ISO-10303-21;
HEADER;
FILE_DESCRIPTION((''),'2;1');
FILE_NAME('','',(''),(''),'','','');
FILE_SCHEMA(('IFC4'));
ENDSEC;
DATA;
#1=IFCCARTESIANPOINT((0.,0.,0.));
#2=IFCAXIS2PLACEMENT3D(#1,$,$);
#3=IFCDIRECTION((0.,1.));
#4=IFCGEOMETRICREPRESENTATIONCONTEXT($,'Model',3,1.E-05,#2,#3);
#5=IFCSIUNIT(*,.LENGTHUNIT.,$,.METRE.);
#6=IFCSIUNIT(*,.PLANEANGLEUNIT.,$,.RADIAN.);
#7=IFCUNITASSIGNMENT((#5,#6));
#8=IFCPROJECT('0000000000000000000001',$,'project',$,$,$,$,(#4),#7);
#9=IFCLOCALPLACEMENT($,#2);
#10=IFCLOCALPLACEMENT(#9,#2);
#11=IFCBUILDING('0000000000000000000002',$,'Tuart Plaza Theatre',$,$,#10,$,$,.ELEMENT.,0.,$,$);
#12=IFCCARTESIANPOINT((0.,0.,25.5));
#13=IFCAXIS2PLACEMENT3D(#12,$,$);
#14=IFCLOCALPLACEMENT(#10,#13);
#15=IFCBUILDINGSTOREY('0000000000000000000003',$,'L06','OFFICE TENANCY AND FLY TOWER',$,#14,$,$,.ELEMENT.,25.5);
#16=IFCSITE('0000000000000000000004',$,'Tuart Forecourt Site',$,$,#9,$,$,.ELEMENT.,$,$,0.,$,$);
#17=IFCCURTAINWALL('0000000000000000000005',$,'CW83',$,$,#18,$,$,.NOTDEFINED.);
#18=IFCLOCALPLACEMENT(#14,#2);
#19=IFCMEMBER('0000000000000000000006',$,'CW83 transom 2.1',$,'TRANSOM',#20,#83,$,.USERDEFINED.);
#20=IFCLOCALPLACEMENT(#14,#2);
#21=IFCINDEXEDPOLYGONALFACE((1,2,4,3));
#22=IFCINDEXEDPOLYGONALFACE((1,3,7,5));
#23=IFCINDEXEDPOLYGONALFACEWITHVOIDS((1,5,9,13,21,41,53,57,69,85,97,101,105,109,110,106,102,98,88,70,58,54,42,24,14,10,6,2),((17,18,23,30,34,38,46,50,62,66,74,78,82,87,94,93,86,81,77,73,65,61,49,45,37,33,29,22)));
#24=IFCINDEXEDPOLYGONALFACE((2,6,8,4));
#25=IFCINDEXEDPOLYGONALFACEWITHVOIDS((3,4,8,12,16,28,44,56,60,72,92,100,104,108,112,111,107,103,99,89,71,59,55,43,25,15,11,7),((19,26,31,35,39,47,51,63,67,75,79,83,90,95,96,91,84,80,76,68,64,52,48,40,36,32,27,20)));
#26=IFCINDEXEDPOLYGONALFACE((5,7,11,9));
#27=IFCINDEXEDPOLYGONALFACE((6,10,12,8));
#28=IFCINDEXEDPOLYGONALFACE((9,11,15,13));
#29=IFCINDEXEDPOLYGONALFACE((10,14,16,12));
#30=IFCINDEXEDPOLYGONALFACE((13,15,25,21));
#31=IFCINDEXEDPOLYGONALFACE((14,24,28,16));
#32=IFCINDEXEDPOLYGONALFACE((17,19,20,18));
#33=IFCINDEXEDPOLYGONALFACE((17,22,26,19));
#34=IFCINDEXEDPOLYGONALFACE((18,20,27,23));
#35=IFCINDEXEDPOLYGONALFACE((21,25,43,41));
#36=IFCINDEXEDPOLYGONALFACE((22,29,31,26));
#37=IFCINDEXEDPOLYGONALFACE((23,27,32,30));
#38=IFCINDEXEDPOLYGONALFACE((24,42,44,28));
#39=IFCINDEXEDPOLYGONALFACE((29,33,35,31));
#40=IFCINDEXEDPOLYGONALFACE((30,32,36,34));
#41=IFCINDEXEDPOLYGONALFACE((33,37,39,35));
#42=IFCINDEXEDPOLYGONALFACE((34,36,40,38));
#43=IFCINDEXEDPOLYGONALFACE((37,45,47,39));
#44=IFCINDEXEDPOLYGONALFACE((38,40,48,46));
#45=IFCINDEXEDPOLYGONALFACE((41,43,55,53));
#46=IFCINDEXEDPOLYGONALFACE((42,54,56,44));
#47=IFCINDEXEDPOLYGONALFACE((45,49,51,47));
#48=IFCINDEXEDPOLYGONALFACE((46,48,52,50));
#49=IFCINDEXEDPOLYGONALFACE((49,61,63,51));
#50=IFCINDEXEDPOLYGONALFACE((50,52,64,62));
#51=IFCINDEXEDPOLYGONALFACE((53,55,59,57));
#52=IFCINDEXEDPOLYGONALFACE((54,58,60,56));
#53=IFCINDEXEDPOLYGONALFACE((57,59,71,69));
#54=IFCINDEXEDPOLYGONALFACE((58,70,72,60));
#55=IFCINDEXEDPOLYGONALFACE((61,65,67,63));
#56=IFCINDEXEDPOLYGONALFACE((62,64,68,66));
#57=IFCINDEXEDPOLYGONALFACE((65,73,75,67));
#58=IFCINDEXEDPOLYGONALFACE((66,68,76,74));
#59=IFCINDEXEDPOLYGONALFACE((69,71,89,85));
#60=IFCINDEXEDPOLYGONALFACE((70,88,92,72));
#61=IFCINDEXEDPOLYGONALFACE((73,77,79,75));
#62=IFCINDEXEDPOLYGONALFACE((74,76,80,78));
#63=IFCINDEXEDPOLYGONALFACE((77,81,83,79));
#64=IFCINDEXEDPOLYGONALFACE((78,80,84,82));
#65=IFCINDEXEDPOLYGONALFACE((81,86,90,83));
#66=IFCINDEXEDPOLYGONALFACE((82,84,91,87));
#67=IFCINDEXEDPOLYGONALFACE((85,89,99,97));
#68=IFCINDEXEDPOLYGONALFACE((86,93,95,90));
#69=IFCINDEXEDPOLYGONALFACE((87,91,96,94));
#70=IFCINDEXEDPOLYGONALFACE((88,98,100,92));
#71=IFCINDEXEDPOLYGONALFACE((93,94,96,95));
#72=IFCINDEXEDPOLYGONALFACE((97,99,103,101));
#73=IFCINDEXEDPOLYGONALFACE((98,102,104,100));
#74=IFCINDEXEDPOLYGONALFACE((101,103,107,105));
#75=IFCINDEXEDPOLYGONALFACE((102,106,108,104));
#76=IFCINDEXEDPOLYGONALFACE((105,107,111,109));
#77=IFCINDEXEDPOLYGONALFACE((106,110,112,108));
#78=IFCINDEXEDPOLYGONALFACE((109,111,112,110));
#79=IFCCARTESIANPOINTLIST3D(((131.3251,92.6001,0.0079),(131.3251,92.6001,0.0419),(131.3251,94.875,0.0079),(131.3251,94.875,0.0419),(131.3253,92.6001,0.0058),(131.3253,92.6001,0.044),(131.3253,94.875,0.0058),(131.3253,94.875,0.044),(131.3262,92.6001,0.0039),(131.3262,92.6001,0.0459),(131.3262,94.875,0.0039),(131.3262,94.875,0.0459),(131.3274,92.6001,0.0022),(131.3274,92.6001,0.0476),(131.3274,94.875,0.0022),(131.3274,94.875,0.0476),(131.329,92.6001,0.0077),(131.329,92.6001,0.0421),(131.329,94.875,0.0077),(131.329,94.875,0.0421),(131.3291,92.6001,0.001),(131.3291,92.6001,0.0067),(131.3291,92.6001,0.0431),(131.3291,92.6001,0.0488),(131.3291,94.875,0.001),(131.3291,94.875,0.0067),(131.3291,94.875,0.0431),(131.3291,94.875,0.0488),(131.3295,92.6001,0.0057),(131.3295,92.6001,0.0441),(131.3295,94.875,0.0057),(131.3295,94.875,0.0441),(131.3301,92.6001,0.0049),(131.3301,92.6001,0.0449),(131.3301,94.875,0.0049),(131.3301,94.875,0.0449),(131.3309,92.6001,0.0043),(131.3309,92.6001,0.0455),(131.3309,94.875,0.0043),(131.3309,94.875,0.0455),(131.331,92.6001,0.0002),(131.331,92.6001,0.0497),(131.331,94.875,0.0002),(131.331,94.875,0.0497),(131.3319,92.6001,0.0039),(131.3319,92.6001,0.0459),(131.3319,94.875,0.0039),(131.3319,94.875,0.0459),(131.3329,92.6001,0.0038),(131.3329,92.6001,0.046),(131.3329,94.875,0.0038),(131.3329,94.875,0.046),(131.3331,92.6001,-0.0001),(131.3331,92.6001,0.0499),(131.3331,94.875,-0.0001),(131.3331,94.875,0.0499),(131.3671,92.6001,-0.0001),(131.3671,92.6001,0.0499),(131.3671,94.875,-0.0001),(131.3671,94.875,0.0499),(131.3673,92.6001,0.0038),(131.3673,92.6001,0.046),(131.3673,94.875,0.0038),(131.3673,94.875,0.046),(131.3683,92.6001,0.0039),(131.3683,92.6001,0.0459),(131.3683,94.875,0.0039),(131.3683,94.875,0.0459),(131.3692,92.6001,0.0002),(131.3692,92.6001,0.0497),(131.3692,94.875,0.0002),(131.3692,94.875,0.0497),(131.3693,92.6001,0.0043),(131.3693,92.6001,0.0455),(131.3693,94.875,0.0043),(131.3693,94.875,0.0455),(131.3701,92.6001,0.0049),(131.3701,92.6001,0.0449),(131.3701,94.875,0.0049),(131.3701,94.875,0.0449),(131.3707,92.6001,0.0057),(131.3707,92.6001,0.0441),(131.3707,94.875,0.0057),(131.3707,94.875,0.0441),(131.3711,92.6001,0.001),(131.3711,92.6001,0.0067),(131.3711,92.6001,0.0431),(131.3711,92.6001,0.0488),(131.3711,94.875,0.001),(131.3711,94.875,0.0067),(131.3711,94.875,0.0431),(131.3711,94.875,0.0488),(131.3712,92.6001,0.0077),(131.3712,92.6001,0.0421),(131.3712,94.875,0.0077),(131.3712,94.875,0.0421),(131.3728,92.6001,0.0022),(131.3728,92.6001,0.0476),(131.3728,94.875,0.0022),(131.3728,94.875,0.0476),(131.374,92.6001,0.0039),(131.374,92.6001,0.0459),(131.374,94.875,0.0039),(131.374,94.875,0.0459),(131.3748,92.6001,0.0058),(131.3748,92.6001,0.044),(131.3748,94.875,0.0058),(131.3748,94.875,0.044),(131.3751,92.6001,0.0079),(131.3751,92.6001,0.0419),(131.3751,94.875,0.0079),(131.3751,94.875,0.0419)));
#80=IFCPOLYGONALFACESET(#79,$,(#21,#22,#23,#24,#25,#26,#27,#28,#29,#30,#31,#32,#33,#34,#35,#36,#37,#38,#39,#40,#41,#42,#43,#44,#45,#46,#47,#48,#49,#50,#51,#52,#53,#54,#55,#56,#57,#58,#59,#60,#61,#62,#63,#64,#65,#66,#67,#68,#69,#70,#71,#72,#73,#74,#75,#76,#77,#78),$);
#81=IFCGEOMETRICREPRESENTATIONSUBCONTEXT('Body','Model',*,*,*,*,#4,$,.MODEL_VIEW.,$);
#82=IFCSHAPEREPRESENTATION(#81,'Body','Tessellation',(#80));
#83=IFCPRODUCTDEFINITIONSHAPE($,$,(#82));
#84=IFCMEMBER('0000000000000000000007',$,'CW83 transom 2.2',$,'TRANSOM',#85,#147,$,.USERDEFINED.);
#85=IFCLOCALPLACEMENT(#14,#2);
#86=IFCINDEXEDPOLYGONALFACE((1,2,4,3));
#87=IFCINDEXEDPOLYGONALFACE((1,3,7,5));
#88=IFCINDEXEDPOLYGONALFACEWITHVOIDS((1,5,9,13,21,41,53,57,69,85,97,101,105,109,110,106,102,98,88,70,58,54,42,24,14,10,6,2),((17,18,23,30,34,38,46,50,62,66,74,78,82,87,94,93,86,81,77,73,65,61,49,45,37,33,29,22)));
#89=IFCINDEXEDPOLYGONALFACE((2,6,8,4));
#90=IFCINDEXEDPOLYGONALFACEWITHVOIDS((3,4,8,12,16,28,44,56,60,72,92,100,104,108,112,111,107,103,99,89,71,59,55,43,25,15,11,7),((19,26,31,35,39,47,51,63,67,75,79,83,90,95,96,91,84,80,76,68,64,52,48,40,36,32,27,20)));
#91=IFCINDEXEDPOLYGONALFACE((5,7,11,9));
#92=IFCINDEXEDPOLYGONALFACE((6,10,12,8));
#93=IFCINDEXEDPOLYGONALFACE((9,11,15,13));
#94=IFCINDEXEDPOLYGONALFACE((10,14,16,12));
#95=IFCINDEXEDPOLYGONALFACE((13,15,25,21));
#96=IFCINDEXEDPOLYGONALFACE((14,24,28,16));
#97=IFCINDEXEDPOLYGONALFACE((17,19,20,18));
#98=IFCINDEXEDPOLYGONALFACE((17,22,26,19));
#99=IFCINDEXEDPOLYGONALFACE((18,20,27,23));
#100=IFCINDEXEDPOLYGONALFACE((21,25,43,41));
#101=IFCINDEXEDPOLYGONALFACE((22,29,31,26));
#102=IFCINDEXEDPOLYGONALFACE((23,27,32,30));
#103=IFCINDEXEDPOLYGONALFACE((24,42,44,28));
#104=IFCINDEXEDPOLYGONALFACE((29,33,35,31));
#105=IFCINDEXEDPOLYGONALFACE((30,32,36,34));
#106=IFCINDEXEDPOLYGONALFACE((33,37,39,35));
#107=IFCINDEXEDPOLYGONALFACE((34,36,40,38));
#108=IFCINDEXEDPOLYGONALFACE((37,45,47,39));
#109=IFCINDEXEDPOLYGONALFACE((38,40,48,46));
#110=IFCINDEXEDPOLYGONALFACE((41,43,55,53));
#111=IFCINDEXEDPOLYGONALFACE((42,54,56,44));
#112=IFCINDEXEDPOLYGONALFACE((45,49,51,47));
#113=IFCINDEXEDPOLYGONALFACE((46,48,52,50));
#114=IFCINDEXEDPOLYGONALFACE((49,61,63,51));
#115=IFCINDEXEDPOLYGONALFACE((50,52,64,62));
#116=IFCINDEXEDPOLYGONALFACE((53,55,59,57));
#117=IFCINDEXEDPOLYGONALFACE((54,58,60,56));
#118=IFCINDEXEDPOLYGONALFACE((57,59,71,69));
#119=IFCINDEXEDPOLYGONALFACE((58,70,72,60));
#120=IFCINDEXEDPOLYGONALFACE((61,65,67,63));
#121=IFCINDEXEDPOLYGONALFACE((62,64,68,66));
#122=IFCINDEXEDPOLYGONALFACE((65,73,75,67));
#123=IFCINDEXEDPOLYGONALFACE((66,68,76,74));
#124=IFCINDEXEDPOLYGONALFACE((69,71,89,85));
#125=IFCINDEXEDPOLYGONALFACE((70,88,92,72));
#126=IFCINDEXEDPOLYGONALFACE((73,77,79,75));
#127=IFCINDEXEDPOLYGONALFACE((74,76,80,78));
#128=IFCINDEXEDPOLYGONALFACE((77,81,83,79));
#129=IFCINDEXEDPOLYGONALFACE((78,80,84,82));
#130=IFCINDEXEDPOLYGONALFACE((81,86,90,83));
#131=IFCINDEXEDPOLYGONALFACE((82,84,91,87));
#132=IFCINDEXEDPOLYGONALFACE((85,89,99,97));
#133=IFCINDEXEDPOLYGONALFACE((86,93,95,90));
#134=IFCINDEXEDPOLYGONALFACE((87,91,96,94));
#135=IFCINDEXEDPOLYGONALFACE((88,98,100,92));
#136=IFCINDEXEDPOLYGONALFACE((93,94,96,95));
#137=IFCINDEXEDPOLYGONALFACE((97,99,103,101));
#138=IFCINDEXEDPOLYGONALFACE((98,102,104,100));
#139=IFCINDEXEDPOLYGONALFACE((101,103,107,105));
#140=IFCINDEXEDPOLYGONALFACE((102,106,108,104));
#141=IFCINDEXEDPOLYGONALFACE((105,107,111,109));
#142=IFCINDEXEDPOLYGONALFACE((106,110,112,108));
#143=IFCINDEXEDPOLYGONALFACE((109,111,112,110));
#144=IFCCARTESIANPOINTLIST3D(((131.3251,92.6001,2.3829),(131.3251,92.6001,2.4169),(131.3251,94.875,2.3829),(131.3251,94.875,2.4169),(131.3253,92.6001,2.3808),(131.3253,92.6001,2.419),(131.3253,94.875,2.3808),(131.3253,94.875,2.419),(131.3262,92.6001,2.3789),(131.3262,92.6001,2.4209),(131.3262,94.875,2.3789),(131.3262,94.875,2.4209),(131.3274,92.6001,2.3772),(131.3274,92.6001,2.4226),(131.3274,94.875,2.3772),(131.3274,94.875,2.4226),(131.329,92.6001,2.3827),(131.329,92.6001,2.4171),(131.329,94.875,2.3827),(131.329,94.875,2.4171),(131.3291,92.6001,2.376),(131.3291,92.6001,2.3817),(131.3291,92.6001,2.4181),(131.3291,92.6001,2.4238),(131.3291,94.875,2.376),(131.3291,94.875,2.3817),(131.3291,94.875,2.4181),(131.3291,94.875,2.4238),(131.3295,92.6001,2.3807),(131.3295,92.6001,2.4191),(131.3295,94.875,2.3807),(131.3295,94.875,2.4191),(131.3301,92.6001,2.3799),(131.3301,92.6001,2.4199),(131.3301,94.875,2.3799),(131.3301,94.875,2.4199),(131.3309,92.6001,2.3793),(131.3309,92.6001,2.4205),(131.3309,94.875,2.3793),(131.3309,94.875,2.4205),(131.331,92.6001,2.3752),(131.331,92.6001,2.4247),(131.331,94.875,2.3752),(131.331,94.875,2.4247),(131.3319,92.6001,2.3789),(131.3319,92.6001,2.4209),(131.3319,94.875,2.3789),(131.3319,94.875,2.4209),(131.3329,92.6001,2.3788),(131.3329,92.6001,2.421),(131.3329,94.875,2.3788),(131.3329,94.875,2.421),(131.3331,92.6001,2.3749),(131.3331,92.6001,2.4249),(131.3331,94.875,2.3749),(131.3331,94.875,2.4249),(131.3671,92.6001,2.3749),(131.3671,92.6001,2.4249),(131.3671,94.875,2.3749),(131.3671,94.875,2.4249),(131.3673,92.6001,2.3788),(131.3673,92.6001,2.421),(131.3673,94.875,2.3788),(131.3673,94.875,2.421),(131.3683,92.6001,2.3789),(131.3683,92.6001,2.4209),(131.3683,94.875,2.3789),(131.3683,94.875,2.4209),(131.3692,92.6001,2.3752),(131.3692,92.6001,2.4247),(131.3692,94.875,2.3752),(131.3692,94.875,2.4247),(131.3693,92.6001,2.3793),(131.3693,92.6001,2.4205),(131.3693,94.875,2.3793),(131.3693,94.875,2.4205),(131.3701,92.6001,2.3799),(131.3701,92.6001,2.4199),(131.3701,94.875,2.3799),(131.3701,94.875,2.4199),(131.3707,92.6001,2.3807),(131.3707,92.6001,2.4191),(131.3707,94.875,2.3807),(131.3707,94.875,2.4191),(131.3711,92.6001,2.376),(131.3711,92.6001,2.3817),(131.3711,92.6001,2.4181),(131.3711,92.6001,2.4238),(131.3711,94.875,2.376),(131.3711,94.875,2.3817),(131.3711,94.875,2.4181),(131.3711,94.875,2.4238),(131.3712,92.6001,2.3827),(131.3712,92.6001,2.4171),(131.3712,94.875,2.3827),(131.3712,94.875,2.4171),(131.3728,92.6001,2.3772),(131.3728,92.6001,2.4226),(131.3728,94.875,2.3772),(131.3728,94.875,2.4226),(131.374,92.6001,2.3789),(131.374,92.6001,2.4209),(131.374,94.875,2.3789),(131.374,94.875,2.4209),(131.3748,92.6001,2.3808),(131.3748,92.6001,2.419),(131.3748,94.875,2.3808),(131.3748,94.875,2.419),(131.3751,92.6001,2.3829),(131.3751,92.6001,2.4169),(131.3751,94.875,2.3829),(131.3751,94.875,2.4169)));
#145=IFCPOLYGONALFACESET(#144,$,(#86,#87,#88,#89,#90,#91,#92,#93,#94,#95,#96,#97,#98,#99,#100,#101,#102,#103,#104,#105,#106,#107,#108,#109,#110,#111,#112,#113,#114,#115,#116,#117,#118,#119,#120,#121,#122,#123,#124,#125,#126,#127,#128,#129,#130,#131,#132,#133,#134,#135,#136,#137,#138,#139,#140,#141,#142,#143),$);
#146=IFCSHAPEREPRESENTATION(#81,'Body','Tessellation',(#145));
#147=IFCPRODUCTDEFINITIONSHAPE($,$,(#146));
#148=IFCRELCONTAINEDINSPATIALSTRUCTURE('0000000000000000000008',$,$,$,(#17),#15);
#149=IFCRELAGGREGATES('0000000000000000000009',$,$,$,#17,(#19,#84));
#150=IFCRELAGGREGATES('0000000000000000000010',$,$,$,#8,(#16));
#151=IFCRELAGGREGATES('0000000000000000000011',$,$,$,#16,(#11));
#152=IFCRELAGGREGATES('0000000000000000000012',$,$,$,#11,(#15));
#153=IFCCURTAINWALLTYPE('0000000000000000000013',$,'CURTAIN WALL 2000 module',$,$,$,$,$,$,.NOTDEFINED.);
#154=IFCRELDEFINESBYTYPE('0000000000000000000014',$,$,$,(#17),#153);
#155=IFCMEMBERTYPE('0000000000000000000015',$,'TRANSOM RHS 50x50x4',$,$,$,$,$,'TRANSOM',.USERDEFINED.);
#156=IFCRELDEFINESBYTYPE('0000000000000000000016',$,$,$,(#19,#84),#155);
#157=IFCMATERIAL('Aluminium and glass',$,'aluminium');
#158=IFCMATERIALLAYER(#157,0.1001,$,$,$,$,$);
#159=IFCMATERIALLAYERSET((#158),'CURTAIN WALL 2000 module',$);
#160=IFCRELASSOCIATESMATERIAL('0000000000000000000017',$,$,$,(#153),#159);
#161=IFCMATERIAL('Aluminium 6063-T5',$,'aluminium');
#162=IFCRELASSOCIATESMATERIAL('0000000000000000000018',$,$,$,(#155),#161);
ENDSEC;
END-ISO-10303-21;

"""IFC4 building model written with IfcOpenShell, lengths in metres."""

from ifc_helpers import new_model, si_unit, direction, frame, origin, origin_2d, place, context, subcontext, project, spatial, hollow_rectangle, extrude, material, layer, layer_set, material_profile, profile_set, type_object, element, aggregate, save


model = new_model("IFC4")

# Units and contexts
model_context = context("Model", 3, precision=1e-05, world=origin(), true_north=direction((0.0, 1.0)))
body_context = subcontext(model_context, "Body", "Model", "MODEL_VIEW")
ifc_project = project(units=[si_unit("LENGTHUNIT", "METRE"), si_unit("PLANEANGLEUNIT", "RADIAN")], contexts=[model_context])

# Site, building, storey
site_placement = place(None, origin())
site = spatial("IfcSite", under=ifc_project, at=site_placement, Name="Tuart Forecourt Site", CompositionType="ELEMENT", RefElevation=0.0)
building_placement = place(site_placement, origin())
building = spatial("IfcBuilding", under=site, at=building_placement, Name="Tuart Plaza Theatre", CompositionType="ELEMENT", ElevationOfRefHeight=0.0)
storey_placement = place(building_placement, frame((0.0, 0.0, 25.5)))
storey = spatial("IfcBuildingStorey", under=building, at=storey_placement, Name="L06", Description="OFFICE TENANCY AND FLY TOWER", CompositionType="ELEMENT", Elevation=25.5)

# Curtain wall
ifc_material_1 = material(Name="Aluminium and glass", Category="aluminium")
ifc_layer_1 = layer(ifc_material_1, 0.1001)
ifc_layer_set_1 = layer_set([ifc_layer_1], Name="CURTAIN WALL 2000 module")
curtain_wall_type = type_object("IfcCurtainWallType", Name="CURTAIN WALL 2000 module", PredefinedType="NOTDEFINED", material=ifc_layer_set_1)
curtain_wall_1_placement = place(storey_placement, origin())
curtain_wall_1 = element("IfcCurtainWall", 1, at=curtain_wall_1_placement, inside=storey, type_object=curtain_wall_type, Name="CW83", PredefinedType="NOTDEFINED")

# Members
ifc_material_2 = material(Name="Aluminium 6063-T5", Category="aluminium")
ifc_material_profile_1 = material_profile(ifc_material_2, hollow_rectangle(XDim=0.05, YDim=0.05, WallThickness=0.0039, InnerFilletRadius=0.0039, OuterFilletRadius=0.0081, at=origin_2d()), Name="RHS 50x50x4")
ifc_profile_set_1 = profile_set([ifc_material_profile_1], Name="Aluminium 6063-T5")
member_type_1 = type_object("IfcMemberType", Name="TRANSOM RHS 50x50x4", ElementType="TRANSOM", PredefinedType="USERDEFINED", material=ifc_profile_set_1)
member_1_placement = place(storey_placement, frame((131.3501, 94.875, 0.0249), z_axis=(0.0, -1.0, 0.0), x_axis=(1.0, 0.0, 0.0)))
member_1 = element("IfcMember", 2, at=member_1_placement, type_object=member_type_1, Name="CW83 transom 2.1", ObjectType="TRANSOM", PredefinedType="USERDEFINED", context=body_context, shape_type="SweptSolid", body=[
    extrude(hollow_rectangle(XDim=0.05, YDim=0.05, WallThickness=0.0039, InnerFilletRadius=0.0039, OuterFilletRadius=0.0081, at=origin_2d()), origin(), (0.0, 0.0, 1.0), 2.2749),
])
member_2_placement = place(storey_placement, frame((131.3501, 94.875, 2.3999), z_axis=(0.0, -1.0, 0.0), x_axis=(1.0, 0.0, 0.0)))
member_2 = element("IfcMember", 3, at=member_2_placement, type_object=member_type_1, Name="CW83 transom 2.2", ObjectType="TRANSOM", PredefinedType="USERDEFINED", context=body_context, shape_type="SweptSolid", body=[
    extrude(hollow_rectangle(XDim=0.05, YDim=0.05, WallThickness=0.0039, InnerFilletRadius=0.0039, OuterFilletRadius=0.0081, at=origin_2d()), origin(), (0.0, 0.0, 1.0), 2.2749),
])

aggregate(curtain_wall_1, [member_1, member_2])

save(model, "model.ifc")
